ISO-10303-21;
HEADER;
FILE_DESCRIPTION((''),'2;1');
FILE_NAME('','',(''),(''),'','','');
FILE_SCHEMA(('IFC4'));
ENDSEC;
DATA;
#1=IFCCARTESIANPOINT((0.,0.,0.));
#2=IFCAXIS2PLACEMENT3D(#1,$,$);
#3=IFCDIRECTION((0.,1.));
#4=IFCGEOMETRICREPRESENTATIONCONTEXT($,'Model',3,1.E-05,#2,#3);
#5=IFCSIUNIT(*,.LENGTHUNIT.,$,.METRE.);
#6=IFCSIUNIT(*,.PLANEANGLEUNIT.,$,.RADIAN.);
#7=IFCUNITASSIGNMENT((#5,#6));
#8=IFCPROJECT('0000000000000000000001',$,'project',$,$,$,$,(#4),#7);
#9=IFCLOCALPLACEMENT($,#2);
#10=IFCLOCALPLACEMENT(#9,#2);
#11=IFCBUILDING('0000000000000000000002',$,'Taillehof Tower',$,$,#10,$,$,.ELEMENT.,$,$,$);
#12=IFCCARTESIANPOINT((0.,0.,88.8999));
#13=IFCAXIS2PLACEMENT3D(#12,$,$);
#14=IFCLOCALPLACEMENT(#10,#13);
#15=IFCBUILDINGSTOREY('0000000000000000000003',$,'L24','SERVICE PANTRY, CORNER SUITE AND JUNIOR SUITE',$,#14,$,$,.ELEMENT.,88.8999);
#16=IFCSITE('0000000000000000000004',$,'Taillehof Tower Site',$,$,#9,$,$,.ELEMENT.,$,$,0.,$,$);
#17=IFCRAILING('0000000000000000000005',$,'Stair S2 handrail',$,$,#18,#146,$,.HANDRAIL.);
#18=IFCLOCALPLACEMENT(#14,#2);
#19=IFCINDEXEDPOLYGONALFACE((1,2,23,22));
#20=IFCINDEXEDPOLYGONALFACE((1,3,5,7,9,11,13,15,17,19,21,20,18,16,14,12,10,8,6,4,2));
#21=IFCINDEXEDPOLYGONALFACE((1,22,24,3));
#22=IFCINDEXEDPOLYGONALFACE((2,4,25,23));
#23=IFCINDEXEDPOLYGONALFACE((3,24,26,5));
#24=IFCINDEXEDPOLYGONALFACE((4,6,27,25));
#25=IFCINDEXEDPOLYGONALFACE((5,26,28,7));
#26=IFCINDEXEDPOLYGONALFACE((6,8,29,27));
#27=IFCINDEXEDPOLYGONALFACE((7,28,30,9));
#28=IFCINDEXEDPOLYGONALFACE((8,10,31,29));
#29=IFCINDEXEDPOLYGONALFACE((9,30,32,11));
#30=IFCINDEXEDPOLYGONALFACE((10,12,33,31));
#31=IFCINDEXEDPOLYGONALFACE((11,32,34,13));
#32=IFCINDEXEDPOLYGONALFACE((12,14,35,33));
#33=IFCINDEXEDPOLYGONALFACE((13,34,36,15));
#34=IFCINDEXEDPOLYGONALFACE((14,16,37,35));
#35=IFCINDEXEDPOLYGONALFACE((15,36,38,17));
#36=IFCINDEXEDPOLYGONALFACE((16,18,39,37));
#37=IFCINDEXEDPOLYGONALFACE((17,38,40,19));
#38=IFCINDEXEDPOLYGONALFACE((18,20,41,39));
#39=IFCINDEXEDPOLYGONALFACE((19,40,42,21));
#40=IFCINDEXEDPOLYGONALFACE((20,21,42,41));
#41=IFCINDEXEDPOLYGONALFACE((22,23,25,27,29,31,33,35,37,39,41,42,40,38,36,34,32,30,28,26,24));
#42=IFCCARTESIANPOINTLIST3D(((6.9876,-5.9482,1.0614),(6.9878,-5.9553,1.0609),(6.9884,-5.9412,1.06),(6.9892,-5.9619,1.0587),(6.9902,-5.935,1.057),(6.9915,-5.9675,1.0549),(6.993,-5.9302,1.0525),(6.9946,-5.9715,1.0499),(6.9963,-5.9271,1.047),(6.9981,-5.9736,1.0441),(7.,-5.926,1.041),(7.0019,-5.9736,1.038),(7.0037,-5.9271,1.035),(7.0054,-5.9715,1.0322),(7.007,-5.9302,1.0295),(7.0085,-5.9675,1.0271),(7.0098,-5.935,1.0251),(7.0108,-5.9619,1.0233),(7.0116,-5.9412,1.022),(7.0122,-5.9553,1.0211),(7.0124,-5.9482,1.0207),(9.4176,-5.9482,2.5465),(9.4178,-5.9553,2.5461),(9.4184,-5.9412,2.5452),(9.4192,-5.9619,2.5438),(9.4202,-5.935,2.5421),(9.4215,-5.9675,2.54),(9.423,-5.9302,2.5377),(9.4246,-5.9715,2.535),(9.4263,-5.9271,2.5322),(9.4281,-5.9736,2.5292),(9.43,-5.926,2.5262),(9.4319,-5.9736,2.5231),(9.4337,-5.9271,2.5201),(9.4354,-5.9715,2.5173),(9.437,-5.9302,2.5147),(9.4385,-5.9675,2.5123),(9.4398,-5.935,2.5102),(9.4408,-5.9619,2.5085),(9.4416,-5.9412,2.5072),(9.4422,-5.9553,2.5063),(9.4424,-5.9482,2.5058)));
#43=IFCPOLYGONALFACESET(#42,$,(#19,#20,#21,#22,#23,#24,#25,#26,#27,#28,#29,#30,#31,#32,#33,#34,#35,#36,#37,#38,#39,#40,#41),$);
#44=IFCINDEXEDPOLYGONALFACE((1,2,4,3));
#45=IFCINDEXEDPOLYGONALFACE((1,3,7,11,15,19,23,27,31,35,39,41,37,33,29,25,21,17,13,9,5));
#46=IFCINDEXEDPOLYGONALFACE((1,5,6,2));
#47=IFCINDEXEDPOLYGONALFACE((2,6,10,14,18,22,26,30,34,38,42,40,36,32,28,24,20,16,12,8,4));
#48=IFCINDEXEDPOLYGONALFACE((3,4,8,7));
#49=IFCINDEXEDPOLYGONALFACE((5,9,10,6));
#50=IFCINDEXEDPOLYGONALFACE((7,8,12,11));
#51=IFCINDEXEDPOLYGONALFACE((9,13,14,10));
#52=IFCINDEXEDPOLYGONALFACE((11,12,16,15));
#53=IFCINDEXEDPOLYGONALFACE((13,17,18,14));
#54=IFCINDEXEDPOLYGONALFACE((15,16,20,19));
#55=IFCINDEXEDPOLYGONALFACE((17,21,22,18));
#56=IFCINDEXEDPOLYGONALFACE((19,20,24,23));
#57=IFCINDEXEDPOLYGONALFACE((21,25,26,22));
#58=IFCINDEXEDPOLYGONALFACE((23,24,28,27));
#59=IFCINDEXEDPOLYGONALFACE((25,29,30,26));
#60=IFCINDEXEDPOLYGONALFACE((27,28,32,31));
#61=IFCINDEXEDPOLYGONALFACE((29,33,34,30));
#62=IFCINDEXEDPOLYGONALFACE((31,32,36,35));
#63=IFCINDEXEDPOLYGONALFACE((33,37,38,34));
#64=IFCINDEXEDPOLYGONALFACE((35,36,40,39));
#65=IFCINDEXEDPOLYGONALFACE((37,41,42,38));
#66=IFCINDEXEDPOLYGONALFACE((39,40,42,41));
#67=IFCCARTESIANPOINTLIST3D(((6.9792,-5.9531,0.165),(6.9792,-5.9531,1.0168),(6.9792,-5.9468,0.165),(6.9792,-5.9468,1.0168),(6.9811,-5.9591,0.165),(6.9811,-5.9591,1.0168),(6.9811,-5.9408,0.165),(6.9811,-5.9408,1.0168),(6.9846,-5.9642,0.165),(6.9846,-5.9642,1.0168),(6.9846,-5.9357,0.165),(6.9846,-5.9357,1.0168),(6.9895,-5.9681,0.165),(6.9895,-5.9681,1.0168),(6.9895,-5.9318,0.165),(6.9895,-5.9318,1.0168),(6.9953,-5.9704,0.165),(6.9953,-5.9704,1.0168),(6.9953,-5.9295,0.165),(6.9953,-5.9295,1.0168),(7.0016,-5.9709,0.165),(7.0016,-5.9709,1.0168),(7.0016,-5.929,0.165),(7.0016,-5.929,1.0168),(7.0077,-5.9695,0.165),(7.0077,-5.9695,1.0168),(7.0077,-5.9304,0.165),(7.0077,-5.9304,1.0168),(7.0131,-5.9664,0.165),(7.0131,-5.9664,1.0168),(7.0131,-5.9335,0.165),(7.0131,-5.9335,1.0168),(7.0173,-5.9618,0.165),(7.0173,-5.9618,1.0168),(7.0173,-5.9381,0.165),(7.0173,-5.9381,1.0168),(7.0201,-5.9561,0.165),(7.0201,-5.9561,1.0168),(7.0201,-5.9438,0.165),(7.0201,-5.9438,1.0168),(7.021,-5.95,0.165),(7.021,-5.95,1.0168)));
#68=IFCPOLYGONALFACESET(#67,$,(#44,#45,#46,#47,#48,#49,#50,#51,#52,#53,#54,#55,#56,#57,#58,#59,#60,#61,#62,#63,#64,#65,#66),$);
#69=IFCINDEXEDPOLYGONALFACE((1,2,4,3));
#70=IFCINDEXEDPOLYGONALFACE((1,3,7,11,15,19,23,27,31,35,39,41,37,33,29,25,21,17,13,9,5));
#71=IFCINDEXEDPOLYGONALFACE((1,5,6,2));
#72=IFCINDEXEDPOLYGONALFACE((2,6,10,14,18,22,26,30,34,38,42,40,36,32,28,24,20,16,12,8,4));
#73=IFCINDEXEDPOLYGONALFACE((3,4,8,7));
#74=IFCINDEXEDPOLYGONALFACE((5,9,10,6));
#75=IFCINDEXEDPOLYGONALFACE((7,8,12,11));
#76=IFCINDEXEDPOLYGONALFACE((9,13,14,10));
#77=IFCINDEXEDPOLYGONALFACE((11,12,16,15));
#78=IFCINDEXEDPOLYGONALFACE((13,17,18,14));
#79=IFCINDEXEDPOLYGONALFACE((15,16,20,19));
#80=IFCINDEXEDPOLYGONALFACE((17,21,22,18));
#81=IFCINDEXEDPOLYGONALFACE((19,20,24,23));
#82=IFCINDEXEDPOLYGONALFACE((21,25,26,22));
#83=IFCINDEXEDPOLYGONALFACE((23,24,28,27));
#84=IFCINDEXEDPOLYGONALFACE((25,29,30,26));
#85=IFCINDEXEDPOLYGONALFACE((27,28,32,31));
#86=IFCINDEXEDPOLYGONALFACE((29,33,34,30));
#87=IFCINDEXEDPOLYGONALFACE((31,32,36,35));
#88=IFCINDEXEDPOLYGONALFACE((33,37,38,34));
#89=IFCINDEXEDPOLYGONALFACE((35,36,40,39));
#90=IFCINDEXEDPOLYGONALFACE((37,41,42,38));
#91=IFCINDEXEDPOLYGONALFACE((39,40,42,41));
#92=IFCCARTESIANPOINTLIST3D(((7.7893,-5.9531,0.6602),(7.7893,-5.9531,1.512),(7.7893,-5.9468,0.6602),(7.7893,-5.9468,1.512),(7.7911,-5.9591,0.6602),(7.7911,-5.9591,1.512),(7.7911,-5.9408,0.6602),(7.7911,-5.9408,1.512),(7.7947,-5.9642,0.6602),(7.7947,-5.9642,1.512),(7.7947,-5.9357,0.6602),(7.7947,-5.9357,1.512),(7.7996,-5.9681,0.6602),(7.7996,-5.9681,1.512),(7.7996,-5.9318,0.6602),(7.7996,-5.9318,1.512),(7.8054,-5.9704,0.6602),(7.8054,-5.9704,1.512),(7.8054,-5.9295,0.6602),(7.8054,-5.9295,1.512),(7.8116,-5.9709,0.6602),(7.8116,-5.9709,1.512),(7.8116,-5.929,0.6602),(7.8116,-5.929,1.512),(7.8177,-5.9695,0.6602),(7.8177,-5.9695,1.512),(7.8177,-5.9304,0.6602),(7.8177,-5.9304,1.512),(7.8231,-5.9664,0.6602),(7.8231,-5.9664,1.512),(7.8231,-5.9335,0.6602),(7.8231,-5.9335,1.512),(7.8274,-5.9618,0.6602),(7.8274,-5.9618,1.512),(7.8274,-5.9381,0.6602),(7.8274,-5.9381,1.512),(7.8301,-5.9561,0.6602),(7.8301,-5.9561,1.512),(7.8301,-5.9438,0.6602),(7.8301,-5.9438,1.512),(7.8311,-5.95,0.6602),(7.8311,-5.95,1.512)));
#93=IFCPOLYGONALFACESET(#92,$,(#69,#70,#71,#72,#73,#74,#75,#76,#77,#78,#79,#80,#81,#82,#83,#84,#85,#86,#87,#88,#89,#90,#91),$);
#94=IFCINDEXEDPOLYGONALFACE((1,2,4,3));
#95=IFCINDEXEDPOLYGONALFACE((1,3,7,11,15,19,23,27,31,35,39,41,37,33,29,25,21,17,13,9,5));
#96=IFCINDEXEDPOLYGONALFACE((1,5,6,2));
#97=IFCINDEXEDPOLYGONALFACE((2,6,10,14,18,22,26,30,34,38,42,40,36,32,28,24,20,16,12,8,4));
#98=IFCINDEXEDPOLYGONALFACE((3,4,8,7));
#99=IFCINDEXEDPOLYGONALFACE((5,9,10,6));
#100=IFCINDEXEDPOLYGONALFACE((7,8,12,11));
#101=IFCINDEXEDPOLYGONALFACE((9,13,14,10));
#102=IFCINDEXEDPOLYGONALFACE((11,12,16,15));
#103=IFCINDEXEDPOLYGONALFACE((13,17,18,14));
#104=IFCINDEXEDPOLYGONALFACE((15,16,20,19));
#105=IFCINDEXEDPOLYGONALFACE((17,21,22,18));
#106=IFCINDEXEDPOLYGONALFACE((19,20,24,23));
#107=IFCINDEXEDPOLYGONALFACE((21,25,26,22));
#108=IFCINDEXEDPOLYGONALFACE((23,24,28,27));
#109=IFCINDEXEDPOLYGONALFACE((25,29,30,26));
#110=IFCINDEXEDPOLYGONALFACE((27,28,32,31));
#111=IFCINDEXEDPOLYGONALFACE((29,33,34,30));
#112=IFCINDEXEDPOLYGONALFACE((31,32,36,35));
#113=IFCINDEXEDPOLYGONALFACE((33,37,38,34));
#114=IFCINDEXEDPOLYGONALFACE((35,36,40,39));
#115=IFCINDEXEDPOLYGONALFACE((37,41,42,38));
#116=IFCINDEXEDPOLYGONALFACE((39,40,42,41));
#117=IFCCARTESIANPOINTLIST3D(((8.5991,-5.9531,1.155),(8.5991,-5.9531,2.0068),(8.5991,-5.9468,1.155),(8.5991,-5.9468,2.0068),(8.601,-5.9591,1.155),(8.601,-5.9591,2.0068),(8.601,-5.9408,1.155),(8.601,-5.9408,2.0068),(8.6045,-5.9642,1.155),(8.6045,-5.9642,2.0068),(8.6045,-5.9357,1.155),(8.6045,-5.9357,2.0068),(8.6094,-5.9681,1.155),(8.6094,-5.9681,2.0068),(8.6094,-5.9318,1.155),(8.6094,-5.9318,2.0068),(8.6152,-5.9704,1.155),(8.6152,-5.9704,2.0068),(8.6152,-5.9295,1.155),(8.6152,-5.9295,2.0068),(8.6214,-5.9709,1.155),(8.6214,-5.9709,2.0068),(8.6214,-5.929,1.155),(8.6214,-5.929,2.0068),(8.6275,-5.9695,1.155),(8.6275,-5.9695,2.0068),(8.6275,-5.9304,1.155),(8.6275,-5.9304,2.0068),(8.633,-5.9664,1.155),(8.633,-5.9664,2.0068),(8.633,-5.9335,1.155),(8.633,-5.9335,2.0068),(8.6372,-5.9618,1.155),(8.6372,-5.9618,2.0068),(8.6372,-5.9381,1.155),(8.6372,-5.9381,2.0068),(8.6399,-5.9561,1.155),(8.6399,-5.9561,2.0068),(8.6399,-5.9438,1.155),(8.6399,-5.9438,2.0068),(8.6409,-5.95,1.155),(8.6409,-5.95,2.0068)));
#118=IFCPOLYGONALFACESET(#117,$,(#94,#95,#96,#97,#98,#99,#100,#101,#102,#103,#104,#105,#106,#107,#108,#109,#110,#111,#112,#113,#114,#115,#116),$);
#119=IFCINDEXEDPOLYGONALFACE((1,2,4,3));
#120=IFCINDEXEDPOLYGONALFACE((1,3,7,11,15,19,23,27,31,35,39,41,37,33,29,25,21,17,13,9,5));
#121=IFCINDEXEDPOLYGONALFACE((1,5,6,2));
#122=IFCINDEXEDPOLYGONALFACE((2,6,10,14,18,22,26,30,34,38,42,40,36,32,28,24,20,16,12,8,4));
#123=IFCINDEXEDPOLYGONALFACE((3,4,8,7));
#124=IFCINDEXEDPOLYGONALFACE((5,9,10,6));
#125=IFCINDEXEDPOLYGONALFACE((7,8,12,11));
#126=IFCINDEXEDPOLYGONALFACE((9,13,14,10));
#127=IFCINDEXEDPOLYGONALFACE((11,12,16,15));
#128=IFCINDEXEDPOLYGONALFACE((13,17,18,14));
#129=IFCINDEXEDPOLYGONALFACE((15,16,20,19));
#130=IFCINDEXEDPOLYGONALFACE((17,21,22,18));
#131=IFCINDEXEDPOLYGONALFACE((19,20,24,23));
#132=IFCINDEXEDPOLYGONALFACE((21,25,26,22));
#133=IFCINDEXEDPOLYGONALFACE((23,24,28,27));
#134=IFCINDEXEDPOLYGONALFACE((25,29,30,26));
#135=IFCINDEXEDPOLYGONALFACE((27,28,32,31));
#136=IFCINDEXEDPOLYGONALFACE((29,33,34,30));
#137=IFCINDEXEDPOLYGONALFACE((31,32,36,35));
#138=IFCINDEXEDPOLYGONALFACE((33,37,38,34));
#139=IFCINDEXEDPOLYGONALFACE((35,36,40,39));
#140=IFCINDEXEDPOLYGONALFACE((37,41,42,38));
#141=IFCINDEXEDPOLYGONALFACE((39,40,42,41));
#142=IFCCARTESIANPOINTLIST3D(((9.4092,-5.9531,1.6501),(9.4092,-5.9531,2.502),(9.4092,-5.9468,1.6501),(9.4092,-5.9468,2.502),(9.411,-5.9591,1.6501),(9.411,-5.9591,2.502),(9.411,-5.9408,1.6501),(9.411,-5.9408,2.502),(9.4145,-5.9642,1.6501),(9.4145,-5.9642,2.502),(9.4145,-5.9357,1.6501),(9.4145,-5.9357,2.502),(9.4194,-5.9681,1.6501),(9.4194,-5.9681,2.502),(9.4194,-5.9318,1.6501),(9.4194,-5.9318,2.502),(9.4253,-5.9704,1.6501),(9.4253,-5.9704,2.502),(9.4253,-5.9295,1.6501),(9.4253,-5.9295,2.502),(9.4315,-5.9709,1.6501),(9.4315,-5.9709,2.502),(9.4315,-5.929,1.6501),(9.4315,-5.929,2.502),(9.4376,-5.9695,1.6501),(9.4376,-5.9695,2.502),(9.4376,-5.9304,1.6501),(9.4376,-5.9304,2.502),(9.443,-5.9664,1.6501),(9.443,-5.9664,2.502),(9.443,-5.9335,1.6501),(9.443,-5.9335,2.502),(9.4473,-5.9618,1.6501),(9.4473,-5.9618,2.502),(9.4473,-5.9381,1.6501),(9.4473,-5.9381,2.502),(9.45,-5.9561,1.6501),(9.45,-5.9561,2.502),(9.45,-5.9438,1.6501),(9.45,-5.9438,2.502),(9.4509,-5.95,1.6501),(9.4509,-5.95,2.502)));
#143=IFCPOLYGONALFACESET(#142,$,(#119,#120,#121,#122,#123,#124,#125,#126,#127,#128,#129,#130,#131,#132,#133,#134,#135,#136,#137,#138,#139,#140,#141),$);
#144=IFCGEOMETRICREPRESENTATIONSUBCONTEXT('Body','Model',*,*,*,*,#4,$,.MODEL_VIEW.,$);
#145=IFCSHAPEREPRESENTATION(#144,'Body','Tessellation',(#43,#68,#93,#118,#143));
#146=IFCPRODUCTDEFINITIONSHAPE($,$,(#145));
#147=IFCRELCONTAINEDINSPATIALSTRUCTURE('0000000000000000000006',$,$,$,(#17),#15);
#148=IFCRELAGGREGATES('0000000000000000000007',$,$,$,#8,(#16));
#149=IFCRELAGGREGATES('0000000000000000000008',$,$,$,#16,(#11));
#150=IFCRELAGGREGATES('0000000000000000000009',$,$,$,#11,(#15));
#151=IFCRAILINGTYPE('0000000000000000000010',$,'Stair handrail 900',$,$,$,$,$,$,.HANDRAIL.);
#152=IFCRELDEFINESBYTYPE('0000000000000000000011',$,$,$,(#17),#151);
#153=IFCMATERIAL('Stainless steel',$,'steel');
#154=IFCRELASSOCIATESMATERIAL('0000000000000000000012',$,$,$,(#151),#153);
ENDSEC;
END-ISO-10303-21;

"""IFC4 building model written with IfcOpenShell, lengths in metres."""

from ifc_helpers import new_model, si_unit, direction, frame, origin, origin_2d, place, context, subcontext, project, spatial, circle, extrude, material, type_object, element, save


model = new_model("IFC4")

# Units and contexts
model_context = context("Model", 3, precision=1e-05, world=origin(), true_north=direction((0.0, 1.0)))
body_context = subcontext(model_context, "Body", "Model", "MODEL_VIEW")
ifc_project = project(units=[si_unit("LENGTHUNIT", "METRE"), si_unit("PLANEANGLEUNIT", "RADIAN")], contexts=[model_context])

# Site, building, storey
site_placement = place(None, origin())
site = spatial("IfcSite", under=ifc_project, at=site_placement, Name="Taillehof Tower Site", CompositionType="ELEMENT", RefElevation=0.0)
building_placement = place(site_placement, origin())
building = spatial("IfcBuilding", under=site, at=building_placement, Name="Taillehof Tower", CompositionType="ELEMENT")
storey_placement = place(building_placement, frame((0.0, 0.0, 88.8999)))
storey = spatial("IfcBuildingStorey", under=building, at=storey_placement, Name="L24", Description="SERVICE PANTRY, CORNER SUITE AND JUNIOR SUITE", CompositionType="ELEMENT", Elevation=88.8999)

# Railing
ifc_material_1 = material(Name="Stainless steel", Category="steel")
railing_type = type_object("IfcRailingType", Name="Stair handrail 900", PredefinedType="HANDRAIL", material=ifc_material_1)
railing_1_placement = place(storey_placement, frame((7.0, -5.95, 0.165)))
element("IfcRailing", 1, at=railing_1_placement, inside=storey, type_object=railing_type, Name="Stair S2 handrail", PredefinedType="HANDRAIL", context=body_context, shape_type="SweptSolid", body=[
    extrude(circle(Radius=0.0239, at=origin_2d()), frame((0.0, 0.0, 0.876), z_axis=(0.853259, 0.0, 0.521488), x_axis=(0.0, 1.0, 0.0)), (0.0, 0.0, 1.0), 2.8479),
    extrude(circle(Radius=0.021, at=origin_2d()), origin(), (0.0, 0.0, 1.0), 0.8518),
    extrude(circle(Radius=0.021, at=origin_2d()), frame((0.8101, 0.0, 0.4951)), (0.0, 0.0, 1.0), 0.8518),
    extrude(circle(Radius=0.021, at=origin_2d()), frame((1.6199, 0.0, 0.99)), (0.0, 0.0, 1.0), 0.8518),
    extrude(circle(Radius=0.021, at=origin_2d()), frame((2.4299, 0.0, 1.4851)), (0.0, 0.0, 1.0), 0.8518),
])

save(model, "model.ifc")
